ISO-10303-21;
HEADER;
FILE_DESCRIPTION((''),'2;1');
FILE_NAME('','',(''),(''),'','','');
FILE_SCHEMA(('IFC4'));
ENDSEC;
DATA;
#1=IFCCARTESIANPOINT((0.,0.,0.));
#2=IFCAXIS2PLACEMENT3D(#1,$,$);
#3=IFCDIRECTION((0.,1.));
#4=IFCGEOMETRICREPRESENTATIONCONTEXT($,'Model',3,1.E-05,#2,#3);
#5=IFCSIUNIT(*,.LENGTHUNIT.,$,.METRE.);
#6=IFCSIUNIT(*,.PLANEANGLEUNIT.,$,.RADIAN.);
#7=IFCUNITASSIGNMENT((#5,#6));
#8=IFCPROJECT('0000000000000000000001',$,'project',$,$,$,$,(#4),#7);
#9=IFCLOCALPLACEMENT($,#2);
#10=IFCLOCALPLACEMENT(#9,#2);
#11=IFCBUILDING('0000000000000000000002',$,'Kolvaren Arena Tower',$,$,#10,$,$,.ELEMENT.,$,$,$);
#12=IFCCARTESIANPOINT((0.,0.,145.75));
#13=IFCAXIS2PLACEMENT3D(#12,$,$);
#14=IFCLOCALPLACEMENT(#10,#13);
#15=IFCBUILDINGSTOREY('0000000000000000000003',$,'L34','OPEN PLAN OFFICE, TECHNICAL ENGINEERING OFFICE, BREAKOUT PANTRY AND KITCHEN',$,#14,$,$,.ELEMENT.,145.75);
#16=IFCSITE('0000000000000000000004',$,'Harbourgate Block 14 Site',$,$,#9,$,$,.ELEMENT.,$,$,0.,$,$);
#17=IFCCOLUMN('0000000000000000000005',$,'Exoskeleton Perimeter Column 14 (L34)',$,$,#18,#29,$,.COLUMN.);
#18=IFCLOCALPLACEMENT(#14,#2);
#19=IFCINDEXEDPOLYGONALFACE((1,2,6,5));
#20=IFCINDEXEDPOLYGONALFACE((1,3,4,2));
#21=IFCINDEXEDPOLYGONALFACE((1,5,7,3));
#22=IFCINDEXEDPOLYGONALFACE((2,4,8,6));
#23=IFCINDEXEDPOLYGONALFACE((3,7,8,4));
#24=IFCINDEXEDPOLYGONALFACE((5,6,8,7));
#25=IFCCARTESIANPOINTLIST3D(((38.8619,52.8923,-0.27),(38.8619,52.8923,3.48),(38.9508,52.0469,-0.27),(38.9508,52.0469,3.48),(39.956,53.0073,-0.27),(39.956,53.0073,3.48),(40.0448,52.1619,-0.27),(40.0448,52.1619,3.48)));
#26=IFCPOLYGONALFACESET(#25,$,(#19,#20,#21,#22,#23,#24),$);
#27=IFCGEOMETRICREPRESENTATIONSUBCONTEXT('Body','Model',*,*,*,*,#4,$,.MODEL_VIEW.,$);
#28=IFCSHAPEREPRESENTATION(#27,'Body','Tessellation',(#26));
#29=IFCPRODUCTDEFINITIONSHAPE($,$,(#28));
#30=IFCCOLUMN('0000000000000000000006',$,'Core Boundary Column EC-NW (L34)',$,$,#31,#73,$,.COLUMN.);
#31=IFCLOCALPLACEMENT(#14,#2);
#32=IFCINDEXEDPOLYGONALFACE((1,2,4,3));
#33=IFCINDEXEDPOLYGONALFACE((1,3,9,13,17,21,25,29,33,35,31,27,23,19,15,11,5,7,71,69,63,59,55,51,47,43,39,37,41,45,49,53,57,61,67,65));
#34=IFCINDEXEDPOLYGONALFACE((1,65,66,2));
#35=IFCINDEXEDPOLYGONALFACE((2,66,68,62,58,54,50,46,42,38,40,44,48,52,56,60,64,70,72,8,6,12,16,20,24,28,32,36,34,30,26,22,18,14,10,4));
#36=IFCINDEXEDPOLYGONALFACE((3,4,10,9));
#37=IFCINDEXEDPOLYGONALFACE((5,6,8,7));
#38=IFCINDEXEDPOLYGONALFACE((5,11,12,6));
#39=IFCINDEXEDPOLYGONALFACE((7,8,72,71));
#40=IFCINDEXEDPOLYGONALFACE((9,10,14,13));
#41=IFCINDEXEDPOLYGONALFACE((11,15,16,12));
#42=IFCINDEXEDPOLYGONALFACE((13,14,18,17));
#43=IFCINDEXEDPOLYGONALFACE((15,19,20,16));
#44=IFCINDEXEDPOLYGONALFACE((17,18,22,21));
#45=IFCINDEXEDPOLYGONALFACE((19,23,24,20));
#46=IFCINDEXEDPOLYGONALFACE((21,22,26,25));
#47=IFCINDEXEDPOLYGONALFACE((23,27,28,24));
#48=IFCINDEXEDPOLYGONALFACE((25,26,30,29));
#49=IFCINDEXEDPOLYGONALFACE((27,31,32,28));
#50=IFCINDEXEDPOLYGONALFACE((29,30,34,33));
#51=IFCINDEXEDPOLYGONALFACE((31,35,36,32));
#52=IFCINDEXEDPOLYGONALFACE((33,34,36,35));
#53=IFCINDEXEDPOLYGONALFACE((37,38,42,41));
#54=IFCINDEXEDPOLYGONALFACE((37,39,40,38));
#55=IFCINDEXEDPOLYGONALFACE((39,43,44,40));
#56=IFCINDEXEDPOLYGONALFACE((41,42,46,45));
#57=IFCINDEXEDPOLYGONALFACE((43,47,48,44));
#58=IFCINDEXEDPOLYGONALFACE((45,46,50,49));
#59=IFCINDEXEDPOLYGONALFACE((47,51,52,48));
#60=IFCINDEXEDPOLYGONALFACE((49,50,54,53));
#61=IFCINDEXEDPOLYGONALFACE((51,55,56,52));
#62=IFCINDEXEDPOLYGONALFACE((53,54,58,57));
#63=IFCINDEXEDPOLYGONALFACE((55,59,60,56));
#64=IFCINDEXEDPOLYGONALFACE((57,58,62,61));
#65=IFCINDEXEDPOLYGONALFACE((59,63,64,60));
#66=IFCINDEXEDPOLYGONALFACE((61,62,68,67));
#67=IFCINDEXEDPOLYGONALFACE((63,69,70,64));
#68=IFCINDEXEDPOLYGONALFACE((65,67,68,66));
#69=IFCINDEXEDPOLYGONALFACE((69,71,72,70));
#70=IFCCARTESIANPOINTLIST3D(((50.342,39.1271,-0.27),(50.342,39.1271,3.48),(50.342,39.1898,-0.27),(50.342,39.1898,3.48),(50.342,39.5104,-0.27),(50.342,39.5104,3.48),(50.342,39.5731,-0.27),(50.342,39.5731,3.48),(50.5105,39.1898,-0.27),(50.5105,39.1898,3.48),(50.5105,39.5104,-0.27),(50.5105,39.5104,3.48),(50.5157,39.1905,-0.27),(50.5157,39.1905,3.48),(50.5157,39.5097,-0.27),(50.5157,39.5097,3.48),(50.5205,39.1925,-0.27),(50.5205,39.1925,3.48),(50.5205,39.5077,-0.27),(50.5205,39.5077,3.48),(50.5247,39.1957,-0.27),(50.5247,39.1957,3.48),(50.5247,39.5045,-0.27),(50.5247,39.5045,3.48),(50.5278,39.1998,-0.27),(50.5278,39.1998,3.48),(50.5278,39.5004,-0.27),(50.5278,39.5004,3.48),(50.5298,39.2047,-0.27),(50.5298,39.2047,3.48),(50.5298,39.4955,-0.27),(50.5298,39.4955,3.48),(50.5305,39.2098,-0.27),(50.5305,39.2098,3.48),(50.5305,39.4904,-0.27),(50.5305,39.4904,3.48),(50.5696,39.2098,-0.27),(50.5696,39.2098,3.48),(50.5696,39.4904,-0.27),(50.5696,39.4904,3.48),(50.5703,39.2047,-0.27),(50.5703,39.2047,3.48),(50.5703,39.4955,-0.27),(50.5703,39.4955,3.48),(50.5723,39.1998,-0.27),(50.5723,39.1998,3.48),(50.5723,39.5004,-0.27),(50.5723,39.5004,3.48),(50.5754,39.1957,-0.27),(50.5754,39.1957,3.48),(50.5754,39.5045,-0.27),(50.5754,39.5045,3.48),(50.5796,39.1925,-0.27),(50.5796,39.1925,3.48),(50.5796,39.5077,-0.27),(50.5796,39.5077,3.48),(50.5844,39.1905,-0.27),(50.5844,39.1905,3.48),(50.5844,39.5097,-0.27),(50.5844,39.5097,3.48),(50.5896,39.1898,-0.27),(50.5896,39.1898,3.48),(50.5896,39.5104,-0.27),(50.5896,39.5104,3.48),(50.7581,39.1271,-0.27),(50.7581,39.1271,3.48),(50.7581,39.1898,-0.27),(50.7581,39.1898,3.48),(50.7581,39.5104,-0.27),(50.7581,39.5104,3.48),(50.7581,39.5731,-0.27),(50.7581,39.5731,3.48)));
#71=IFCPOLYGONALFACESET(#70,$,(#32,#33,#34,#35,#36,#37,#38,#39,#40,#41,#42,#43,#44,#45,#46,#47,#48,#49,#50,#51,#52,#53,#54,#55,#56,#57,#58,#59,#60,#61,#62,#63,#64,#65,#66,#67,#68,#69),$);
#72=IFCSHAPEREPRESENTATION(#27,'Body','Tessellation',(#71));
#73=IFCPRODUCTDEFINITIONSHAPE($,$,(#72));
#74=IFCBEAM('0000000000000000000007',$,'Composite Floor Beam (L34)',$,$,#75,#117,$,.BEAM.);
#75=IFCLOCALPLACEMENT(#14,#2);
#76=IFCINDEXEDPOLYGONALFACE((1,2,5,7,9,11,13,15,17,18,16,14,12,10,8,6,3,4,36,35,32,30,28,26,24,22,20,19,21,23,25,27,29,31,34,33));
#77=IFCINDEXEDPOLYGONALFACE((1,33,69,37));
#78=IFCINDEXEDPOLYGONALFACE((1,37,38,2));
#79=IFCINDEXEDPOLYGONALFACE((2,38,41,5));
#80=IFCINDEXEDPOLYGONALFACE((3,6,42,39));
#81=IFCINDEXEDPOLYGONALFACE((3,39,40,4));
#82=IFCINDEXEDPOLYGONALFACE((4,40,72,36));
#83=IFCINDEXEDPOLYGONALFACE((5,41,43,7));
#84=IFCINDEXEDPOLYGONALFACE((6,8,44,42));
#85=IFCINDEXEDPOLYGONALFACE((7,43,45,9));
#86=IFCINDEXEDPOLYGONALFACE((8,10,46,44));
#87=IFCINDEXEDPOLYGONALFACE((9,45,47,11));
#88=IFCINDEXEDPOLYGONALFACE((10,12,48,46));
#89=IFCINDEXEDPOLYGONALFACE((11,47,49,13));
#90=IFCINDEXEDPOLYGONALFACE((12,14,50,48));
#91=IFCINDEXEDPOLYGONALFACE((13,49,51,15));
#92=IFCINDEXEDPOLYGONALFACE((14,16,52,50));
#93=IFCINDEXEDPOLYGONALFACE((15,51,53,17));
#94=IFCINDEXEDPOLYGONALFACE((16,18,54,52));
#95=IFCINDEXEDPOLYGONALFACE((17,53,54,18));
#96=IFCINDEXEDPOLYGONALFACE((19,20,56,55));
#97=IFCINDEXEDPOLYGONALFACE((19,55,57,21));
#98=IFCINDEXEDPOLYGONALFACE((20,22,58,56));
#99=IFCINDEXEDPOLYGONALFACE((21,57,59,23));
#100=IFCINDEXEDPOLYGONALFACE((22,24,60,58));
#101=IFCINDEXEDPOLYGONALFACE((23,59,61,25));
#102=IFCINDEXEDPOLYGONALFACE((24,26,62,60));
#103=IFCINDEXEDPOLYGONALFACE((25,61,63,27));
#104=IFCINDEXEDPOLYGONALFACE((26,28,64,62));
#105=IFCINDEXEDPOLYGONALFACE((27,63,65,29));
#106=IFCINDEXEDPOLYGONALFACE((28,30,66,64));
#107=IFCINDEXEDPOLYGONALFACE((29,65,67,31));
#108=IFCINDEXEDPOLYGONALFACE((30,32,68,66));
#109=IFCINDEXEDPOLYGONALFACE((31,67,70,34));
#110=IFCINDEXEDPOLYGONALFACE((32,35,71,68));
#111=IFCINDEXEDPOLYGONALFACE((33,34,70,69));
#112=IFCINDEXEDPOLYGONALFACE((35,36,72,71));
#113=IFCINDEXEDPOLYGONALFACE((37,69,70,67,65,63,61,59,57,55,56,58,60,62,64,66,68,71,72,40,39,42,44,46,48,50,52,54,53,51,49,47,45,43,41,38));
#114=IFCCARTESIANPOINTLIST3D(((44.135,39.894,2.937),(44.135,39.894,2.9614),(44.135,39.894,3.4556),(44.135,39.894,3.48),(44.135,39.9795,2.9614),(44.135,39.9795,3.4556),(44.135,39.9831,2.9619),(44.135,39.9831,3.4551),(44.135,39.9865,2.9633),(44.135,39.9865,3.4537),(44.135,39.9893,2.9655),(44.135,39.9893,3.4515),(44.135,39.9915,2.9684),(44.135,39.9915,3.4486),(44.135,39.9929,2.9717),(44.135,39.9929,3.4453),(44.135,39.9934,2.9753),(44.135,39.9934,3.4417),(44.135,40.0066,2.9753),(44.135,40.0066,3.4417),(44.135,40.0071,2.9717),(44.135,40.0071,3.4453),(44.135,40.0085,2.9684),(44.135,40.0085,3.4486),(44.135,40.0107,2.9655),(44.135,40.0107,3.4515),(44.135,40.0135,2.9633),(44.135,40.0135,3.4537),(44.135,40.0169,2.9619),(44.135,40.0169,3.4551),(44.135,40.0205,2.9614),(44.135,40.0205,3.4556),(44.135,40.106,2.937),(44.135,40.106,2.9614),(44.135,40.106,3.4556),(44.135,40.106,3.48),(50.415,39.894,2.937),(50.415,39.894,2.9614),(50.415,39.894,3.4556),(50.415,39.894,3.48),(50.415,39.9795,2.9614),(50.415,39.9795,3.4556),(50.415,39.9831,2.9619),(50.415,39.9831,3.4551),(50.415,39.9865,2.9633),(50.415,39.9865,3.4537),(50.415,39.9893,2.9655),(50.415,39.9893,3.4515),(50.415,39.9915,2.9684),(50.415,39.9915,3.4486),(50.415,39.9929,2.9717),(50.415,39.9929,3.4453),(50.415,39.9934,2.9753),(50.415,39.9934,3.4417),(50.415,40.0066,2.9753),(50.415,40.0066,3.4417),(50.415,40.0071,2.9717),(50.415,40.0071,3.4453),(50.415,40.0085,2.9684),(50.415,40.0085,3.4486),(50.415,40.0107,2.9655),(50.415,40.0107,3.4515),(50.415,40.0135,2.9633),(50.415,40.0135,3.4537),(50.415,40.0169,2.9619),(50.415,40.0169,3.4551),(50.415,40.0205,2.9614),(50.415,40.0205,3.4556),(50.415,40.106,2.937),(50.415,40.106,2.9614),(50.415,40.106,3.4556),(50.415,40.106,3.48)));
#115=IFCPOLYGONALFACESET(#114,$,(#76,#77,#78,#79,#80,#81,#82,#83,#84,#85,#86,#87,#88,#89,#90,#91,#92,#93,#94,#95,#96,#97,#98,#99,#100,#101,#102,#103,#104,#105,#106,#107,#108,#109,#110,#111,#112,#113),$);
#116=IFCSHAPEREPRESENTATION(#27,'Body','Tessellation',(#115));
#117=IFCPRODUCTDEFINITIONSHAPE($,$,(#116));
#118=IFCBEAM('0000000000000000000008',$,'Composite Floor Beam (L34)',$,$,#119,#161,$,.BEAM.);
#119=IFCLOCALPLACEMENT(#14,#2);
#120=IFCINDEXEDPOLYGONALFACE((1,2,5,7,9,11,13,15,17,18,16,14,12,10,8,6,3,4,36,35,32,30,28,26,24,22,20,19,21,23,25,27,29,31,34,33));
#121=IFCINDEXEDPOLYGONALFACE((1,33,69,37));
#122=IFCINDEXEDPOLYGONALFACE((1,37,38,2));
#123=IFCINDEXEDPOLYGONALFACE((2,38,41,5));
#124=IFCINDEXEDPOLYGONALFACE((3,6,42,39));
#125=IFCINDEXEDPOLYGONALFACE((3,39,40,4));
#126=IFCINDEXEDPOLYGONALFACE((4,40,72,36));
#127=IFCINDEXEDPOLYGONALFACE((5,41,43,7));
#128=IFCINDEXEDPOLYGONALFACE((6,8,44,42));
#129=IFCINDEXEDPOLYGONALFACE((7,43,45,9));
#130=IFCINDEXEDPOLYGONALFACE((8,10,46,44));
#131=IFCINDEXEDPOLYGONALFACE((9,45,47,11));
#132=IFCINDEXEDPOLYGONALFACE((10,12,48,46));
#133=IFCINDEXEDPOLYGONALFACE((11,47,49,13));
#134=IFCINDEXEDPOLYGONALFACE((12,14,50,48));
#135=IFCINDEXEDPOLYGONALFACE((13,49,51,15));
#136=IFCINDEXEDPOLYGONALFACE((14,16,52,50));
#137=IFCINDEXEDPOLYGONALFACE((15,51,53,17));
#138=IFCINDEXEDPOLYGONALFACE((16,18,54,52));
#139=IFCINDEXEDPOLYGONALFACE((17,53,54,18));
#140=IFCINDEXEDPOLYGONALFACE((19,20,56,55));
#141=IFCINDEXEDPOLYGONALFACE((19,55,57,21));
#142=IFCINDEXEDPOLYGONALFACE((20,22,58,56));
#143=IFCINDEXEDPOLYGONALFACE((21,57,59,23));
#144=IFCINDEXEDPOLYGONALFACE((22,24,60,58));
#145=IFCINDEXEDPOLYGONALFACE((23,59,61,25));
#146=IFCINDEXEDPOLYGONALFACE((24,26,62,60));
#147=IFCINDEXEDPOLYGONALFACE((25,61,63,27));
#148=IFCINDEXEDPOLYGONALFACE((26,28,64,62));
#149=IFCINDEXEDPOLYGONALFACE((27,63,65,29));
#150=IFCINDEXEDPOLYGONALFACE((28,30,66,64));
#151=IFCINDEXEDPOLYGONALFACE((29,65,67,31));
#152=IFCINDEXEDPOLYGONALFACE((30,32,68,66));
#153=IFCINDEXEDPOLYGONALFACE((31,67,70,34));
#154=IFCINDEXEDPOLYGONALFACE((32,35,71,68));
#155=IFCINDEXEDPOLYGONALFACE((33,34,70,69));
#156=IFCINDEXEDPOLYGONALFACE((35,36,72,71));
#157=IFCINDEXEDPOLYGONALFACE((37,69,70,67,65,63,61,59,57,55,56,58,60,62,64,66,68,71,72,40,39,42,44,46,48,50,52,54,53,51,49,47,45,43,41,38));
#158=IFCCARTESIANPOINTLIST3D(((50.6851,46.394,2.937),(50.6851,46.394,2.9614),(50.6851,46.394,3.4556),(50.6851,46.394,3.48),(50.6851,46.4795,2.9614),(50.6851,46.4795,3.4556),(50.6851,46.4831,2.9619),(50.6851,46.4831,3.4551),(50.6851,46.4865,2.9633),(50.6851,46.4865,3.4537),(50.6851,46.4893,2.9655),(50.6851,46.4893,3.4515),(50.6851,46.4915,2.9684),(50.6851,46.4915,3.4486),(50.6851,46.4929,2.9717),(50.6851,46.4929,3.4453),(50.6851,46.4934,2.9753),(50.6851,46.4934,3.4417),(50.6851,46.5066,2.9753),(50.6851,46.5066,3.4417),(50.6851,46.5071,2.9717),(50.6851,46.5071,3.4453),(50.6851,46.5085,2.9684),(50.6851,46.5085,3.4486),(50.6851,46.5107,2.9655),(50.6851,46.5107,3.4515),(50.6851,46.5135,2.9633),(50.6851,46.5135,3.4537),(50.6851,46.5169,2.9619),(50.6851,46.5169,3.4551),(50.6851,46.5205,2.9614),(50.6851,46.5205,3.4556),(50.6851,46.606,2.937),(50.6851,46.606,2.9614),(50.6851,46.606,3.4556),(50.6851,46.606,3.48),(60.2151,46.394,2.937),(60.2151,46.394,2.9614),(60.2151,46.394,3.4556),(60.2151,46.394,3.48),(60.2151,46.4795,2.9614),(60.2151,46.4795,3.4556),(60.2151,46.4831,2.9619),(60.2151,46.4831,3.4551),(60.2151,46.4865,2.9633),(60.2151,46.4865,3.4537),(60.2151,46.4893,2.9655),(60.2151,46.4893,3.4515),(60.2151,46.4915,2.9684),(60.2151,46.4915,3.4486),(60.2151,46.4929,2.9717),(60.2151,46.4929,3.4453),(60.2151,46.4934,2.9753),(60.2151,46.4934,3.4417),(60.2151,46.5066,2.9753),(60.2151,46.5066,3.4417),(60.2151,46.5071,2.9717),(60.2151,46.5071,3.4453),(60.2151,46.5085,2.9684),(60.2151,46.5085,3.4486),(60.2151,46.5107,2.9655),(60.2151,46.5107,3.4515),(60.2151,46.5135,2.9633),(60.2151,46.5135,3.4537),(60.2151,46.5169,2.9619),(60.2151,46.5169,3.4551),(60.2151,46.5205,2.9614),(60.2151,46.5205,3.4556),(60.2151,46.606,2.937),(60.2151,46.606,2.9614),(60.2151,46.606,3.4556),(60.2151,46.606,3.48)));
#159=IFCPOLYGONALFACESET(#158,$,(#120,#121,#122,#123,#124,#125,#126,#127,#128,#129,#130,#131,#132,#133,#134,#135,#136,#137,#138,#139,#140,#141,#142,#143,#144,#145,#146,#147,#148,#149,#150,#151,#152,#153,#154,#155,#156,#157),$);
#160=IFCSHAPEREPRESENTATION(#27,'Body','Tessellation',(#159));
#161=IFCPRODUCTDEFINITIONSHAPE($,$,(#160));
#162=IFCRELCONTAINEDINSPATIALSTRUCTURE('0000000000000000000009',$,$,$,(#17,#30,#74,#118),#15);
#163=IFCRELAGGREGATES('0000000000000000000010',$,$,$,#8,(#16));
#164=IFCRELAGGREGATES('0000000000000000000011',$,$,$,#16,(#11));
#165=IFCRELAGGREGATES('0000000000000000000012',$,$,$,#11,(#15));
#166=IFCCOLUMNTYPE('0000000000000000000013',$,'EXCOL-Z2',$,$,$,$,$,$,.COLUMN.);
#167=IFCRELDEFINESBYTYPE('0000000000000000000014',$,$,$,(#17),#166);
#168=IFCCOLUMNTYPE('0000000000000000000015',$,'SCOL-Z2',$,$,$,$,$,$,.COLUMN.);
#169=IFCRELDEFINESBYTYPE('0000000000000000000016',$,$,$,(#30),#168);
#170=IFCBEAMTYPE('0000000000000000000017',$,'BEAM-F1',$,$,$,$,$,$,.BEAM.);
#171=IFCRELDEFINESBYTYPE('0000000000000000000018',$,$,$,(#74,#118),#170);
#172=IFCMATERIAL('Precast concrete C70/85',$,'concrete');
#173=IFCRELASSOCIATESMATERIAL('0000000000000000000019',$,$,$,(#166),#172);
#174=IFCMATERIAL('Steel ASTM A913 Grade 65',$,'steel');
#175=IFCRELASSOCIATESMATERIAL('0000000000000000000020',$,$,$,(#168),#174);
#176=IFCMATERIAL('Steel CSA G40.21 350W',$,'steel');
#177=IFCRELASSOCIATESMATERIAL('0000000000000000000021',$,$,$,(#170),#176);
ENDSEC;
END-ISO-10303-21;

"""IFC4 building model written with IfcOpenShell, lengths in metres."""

from ifc_helpers import new_model, si_unit, direction, frame, origin, origin_2d, place, context, subcontext, project, spatial, rectangle, i_section, extrude, material, material_profile, profile_set, type_object, element, save


model = new_model("IFC4")

# Units and contexts
model_context = context("Model", 3, precision=1e-05, world=origin(), true_north=direction((0.0, 1.0)))
body_context = subcontext(model_context, "Body", "Model", "MODEL_VIEW")
ifc_project = project(units=[si_unit("LENGTHUNIT", "METRE"), si_unit("PLANEANGLEUNIT", "RADIAN")], contexts=[model_context])

# Site, building, storey
site_placement = place(None, origin())
site = spatial("IfcSite", under=ifc_project, at=site_placement, Name="Harbourgate Block 14 Site", CompositionType="ELEMENT", RefElevation=0.0)
building_placement = place(site_placement, origin())
building = spatial("IfcBuilding", under=site, at=building_placement, Name="Kolvaren Arena Tower", CompositionType="ELEMENT")
storey_placement = place(building_placement, frame((0.0, 0.0, 145.75)))
storey = spatial("IfcBuildingStorey", under=building, at=storey_placement, Name="L34", Description="OPEN PLAN OFFICE, TECHNICAL ENGINEERING OFFICE, BREAKOUT PANTRY AND KITCHEN", CompositionType="ELEMENT", Elevation=145.75)

# Columns
ifc_material_1 = material(Name="Precast concrete C70/85", Category="concrete")
ifc_material_profile_1 = material_profile(ifc_material_1, rectangle(XDim=1.1001, YDim=0.8501, at=origin_2d()), Name="RC-1100x850")
ifc_profile_set_1 = profile_set([ifc_material_profile_1], Name="Precast concrete C70/85")
column_type_1 = type_object("IfcColumnType", Name="EXCOL-Z2", PredefinedType="COLUMN", material=ifc_profile_set_1)
column_1_placement = place(storey_placement, frame((39.4534, 52.5271, -0.27), z_axis=(0.0, 0.0, 1.0), x_axis=(0.994522, 0.104528, 0.0)))
element("IfcColumn", 1, at=column_1_placement, inside=storey, type_object=column_type_1, Name="Exoskeleton Perimeter Column 14 (L34)", PredefinedType="COLUMN", context=body_context, shape_type="SweptSolid", body=[
    extrude(rectangle(XDim=1.1001, YDim=0.8501, at=origin_2d()), origin(), (0.0, 0.0, 1.0), 3.75),
])
ifc_material_2 = material(Name="Steel ASTM A913 Grade 65", Category="steel")
ifc_material_profile_2 = material_profile(ifc_material_2, i_section(OverallWidth=0.416, OverallDepth=0.446, WebThickness=0.0391, FlangeThickness=0.0627, FilletRadius=0.02, at=origin_2d()), Name="W360x509")
ifc_profile_set_2 = profile_set([ifc_material_profile_2], Name="Steel ASTM A913 Grade 65")
column_type_2 = type_object("IfcColumnType", Name="SCOL-Z2", PredefinedType="COLUMN", material=ifc_profile_set_2)
column_2_placement = place(storey_placement, frame((50.55, 39.3501, -0.27), z_axis=(0.0, 0.0, 1.0), x_axis=(1.0, 0.0, 0.0)))
element("IfcColumn", 2, at=column_2_placement, inside=storey, type_object=column_type_2, Name="Core Boundary Column EC-NW (L34)", PredefinedType="COLUMN", context=body_context, shape_type="SweptSolid", body=[
    extrude(i_section(OverallWidth=0.416, OverallDepth=0.446, WebThickness=0.0391, FlangeThickness=0.0627, FilletRadius=0.02, at=origin_2d()), origin(), (0.0, 0.0, 1.0), 3.75),
])

# Beams
ifc_material_3 = material(Name="Steel CSA G40.21 350W", Category="steel")
ifc_material_profile_3 = material_profile(ifc_material_3, i_section(OverallWidth=0.2119, OverallDepth=0.543, WebThickness=0.0132, FlangeThickness=0.0244, FilletRadius=0.0139, at=origin_2d()), Name="W530x150")
ifc_profile_set_3 = profile_set([ifc_material_profile_3], Name="Steel CSA G40.21 350W")
beam_type_1 = type_object("IfcBeamType", Name="BEAM-F1", PredefinedType="BEAM", material=ifc_profile_set_3)
beam_1_placement = place(storey_placement, frame((44.135, 40.0, 3.2085), z_axis=(1.0, 0.0, 0.0), x_axis=(0.0, 1.0, 0.0)))
element("IfcBeam", 3, at=beam_1_placement, inside=storey, type_object=beam_type_1, Name="Composite Floor Beam (L34)", PredefinedType="BEAM", context=body_context, shape_type="SweptSolid", body=[
    extrude(i_section(OverallWidth=0.2119, OverallDepth=0.543, WebThickness=0.0132, FlangeThickness=0.0244, FilletRadius=0.0139, at=origin_2d()), origin(), (0.0, 0.0, 1.0), 6.28),
])
for number, where, z_axis, x_axis, name in (
    (4, (50.6851, 46.5, 3.2085), (1.0, 0.0, 0.0), (0.0, 1.0, 0.0), "Composite Floor Beam (L34)"),
):
    element("IfcBeam", number, at=place(storey_placement, frame(where, z_axis=z_axis, x_axis=x_axis)), inside=storey, type_object=beam_type_1, Name=name, PredefinedType="BEAM", context=body_context, shape_type="SweptSolid", body=[
        extrude(i_section(OverallWidth=0.2119, OverallDepth=0.543, WebThickness=0.0132, FlangeThickness=0.0244, FilletRadius=0.0139, at=origin_2d()), origin(), (0.0, 0.0, 1.0), 9.53),
    ])

save(model, "model.ifc")
